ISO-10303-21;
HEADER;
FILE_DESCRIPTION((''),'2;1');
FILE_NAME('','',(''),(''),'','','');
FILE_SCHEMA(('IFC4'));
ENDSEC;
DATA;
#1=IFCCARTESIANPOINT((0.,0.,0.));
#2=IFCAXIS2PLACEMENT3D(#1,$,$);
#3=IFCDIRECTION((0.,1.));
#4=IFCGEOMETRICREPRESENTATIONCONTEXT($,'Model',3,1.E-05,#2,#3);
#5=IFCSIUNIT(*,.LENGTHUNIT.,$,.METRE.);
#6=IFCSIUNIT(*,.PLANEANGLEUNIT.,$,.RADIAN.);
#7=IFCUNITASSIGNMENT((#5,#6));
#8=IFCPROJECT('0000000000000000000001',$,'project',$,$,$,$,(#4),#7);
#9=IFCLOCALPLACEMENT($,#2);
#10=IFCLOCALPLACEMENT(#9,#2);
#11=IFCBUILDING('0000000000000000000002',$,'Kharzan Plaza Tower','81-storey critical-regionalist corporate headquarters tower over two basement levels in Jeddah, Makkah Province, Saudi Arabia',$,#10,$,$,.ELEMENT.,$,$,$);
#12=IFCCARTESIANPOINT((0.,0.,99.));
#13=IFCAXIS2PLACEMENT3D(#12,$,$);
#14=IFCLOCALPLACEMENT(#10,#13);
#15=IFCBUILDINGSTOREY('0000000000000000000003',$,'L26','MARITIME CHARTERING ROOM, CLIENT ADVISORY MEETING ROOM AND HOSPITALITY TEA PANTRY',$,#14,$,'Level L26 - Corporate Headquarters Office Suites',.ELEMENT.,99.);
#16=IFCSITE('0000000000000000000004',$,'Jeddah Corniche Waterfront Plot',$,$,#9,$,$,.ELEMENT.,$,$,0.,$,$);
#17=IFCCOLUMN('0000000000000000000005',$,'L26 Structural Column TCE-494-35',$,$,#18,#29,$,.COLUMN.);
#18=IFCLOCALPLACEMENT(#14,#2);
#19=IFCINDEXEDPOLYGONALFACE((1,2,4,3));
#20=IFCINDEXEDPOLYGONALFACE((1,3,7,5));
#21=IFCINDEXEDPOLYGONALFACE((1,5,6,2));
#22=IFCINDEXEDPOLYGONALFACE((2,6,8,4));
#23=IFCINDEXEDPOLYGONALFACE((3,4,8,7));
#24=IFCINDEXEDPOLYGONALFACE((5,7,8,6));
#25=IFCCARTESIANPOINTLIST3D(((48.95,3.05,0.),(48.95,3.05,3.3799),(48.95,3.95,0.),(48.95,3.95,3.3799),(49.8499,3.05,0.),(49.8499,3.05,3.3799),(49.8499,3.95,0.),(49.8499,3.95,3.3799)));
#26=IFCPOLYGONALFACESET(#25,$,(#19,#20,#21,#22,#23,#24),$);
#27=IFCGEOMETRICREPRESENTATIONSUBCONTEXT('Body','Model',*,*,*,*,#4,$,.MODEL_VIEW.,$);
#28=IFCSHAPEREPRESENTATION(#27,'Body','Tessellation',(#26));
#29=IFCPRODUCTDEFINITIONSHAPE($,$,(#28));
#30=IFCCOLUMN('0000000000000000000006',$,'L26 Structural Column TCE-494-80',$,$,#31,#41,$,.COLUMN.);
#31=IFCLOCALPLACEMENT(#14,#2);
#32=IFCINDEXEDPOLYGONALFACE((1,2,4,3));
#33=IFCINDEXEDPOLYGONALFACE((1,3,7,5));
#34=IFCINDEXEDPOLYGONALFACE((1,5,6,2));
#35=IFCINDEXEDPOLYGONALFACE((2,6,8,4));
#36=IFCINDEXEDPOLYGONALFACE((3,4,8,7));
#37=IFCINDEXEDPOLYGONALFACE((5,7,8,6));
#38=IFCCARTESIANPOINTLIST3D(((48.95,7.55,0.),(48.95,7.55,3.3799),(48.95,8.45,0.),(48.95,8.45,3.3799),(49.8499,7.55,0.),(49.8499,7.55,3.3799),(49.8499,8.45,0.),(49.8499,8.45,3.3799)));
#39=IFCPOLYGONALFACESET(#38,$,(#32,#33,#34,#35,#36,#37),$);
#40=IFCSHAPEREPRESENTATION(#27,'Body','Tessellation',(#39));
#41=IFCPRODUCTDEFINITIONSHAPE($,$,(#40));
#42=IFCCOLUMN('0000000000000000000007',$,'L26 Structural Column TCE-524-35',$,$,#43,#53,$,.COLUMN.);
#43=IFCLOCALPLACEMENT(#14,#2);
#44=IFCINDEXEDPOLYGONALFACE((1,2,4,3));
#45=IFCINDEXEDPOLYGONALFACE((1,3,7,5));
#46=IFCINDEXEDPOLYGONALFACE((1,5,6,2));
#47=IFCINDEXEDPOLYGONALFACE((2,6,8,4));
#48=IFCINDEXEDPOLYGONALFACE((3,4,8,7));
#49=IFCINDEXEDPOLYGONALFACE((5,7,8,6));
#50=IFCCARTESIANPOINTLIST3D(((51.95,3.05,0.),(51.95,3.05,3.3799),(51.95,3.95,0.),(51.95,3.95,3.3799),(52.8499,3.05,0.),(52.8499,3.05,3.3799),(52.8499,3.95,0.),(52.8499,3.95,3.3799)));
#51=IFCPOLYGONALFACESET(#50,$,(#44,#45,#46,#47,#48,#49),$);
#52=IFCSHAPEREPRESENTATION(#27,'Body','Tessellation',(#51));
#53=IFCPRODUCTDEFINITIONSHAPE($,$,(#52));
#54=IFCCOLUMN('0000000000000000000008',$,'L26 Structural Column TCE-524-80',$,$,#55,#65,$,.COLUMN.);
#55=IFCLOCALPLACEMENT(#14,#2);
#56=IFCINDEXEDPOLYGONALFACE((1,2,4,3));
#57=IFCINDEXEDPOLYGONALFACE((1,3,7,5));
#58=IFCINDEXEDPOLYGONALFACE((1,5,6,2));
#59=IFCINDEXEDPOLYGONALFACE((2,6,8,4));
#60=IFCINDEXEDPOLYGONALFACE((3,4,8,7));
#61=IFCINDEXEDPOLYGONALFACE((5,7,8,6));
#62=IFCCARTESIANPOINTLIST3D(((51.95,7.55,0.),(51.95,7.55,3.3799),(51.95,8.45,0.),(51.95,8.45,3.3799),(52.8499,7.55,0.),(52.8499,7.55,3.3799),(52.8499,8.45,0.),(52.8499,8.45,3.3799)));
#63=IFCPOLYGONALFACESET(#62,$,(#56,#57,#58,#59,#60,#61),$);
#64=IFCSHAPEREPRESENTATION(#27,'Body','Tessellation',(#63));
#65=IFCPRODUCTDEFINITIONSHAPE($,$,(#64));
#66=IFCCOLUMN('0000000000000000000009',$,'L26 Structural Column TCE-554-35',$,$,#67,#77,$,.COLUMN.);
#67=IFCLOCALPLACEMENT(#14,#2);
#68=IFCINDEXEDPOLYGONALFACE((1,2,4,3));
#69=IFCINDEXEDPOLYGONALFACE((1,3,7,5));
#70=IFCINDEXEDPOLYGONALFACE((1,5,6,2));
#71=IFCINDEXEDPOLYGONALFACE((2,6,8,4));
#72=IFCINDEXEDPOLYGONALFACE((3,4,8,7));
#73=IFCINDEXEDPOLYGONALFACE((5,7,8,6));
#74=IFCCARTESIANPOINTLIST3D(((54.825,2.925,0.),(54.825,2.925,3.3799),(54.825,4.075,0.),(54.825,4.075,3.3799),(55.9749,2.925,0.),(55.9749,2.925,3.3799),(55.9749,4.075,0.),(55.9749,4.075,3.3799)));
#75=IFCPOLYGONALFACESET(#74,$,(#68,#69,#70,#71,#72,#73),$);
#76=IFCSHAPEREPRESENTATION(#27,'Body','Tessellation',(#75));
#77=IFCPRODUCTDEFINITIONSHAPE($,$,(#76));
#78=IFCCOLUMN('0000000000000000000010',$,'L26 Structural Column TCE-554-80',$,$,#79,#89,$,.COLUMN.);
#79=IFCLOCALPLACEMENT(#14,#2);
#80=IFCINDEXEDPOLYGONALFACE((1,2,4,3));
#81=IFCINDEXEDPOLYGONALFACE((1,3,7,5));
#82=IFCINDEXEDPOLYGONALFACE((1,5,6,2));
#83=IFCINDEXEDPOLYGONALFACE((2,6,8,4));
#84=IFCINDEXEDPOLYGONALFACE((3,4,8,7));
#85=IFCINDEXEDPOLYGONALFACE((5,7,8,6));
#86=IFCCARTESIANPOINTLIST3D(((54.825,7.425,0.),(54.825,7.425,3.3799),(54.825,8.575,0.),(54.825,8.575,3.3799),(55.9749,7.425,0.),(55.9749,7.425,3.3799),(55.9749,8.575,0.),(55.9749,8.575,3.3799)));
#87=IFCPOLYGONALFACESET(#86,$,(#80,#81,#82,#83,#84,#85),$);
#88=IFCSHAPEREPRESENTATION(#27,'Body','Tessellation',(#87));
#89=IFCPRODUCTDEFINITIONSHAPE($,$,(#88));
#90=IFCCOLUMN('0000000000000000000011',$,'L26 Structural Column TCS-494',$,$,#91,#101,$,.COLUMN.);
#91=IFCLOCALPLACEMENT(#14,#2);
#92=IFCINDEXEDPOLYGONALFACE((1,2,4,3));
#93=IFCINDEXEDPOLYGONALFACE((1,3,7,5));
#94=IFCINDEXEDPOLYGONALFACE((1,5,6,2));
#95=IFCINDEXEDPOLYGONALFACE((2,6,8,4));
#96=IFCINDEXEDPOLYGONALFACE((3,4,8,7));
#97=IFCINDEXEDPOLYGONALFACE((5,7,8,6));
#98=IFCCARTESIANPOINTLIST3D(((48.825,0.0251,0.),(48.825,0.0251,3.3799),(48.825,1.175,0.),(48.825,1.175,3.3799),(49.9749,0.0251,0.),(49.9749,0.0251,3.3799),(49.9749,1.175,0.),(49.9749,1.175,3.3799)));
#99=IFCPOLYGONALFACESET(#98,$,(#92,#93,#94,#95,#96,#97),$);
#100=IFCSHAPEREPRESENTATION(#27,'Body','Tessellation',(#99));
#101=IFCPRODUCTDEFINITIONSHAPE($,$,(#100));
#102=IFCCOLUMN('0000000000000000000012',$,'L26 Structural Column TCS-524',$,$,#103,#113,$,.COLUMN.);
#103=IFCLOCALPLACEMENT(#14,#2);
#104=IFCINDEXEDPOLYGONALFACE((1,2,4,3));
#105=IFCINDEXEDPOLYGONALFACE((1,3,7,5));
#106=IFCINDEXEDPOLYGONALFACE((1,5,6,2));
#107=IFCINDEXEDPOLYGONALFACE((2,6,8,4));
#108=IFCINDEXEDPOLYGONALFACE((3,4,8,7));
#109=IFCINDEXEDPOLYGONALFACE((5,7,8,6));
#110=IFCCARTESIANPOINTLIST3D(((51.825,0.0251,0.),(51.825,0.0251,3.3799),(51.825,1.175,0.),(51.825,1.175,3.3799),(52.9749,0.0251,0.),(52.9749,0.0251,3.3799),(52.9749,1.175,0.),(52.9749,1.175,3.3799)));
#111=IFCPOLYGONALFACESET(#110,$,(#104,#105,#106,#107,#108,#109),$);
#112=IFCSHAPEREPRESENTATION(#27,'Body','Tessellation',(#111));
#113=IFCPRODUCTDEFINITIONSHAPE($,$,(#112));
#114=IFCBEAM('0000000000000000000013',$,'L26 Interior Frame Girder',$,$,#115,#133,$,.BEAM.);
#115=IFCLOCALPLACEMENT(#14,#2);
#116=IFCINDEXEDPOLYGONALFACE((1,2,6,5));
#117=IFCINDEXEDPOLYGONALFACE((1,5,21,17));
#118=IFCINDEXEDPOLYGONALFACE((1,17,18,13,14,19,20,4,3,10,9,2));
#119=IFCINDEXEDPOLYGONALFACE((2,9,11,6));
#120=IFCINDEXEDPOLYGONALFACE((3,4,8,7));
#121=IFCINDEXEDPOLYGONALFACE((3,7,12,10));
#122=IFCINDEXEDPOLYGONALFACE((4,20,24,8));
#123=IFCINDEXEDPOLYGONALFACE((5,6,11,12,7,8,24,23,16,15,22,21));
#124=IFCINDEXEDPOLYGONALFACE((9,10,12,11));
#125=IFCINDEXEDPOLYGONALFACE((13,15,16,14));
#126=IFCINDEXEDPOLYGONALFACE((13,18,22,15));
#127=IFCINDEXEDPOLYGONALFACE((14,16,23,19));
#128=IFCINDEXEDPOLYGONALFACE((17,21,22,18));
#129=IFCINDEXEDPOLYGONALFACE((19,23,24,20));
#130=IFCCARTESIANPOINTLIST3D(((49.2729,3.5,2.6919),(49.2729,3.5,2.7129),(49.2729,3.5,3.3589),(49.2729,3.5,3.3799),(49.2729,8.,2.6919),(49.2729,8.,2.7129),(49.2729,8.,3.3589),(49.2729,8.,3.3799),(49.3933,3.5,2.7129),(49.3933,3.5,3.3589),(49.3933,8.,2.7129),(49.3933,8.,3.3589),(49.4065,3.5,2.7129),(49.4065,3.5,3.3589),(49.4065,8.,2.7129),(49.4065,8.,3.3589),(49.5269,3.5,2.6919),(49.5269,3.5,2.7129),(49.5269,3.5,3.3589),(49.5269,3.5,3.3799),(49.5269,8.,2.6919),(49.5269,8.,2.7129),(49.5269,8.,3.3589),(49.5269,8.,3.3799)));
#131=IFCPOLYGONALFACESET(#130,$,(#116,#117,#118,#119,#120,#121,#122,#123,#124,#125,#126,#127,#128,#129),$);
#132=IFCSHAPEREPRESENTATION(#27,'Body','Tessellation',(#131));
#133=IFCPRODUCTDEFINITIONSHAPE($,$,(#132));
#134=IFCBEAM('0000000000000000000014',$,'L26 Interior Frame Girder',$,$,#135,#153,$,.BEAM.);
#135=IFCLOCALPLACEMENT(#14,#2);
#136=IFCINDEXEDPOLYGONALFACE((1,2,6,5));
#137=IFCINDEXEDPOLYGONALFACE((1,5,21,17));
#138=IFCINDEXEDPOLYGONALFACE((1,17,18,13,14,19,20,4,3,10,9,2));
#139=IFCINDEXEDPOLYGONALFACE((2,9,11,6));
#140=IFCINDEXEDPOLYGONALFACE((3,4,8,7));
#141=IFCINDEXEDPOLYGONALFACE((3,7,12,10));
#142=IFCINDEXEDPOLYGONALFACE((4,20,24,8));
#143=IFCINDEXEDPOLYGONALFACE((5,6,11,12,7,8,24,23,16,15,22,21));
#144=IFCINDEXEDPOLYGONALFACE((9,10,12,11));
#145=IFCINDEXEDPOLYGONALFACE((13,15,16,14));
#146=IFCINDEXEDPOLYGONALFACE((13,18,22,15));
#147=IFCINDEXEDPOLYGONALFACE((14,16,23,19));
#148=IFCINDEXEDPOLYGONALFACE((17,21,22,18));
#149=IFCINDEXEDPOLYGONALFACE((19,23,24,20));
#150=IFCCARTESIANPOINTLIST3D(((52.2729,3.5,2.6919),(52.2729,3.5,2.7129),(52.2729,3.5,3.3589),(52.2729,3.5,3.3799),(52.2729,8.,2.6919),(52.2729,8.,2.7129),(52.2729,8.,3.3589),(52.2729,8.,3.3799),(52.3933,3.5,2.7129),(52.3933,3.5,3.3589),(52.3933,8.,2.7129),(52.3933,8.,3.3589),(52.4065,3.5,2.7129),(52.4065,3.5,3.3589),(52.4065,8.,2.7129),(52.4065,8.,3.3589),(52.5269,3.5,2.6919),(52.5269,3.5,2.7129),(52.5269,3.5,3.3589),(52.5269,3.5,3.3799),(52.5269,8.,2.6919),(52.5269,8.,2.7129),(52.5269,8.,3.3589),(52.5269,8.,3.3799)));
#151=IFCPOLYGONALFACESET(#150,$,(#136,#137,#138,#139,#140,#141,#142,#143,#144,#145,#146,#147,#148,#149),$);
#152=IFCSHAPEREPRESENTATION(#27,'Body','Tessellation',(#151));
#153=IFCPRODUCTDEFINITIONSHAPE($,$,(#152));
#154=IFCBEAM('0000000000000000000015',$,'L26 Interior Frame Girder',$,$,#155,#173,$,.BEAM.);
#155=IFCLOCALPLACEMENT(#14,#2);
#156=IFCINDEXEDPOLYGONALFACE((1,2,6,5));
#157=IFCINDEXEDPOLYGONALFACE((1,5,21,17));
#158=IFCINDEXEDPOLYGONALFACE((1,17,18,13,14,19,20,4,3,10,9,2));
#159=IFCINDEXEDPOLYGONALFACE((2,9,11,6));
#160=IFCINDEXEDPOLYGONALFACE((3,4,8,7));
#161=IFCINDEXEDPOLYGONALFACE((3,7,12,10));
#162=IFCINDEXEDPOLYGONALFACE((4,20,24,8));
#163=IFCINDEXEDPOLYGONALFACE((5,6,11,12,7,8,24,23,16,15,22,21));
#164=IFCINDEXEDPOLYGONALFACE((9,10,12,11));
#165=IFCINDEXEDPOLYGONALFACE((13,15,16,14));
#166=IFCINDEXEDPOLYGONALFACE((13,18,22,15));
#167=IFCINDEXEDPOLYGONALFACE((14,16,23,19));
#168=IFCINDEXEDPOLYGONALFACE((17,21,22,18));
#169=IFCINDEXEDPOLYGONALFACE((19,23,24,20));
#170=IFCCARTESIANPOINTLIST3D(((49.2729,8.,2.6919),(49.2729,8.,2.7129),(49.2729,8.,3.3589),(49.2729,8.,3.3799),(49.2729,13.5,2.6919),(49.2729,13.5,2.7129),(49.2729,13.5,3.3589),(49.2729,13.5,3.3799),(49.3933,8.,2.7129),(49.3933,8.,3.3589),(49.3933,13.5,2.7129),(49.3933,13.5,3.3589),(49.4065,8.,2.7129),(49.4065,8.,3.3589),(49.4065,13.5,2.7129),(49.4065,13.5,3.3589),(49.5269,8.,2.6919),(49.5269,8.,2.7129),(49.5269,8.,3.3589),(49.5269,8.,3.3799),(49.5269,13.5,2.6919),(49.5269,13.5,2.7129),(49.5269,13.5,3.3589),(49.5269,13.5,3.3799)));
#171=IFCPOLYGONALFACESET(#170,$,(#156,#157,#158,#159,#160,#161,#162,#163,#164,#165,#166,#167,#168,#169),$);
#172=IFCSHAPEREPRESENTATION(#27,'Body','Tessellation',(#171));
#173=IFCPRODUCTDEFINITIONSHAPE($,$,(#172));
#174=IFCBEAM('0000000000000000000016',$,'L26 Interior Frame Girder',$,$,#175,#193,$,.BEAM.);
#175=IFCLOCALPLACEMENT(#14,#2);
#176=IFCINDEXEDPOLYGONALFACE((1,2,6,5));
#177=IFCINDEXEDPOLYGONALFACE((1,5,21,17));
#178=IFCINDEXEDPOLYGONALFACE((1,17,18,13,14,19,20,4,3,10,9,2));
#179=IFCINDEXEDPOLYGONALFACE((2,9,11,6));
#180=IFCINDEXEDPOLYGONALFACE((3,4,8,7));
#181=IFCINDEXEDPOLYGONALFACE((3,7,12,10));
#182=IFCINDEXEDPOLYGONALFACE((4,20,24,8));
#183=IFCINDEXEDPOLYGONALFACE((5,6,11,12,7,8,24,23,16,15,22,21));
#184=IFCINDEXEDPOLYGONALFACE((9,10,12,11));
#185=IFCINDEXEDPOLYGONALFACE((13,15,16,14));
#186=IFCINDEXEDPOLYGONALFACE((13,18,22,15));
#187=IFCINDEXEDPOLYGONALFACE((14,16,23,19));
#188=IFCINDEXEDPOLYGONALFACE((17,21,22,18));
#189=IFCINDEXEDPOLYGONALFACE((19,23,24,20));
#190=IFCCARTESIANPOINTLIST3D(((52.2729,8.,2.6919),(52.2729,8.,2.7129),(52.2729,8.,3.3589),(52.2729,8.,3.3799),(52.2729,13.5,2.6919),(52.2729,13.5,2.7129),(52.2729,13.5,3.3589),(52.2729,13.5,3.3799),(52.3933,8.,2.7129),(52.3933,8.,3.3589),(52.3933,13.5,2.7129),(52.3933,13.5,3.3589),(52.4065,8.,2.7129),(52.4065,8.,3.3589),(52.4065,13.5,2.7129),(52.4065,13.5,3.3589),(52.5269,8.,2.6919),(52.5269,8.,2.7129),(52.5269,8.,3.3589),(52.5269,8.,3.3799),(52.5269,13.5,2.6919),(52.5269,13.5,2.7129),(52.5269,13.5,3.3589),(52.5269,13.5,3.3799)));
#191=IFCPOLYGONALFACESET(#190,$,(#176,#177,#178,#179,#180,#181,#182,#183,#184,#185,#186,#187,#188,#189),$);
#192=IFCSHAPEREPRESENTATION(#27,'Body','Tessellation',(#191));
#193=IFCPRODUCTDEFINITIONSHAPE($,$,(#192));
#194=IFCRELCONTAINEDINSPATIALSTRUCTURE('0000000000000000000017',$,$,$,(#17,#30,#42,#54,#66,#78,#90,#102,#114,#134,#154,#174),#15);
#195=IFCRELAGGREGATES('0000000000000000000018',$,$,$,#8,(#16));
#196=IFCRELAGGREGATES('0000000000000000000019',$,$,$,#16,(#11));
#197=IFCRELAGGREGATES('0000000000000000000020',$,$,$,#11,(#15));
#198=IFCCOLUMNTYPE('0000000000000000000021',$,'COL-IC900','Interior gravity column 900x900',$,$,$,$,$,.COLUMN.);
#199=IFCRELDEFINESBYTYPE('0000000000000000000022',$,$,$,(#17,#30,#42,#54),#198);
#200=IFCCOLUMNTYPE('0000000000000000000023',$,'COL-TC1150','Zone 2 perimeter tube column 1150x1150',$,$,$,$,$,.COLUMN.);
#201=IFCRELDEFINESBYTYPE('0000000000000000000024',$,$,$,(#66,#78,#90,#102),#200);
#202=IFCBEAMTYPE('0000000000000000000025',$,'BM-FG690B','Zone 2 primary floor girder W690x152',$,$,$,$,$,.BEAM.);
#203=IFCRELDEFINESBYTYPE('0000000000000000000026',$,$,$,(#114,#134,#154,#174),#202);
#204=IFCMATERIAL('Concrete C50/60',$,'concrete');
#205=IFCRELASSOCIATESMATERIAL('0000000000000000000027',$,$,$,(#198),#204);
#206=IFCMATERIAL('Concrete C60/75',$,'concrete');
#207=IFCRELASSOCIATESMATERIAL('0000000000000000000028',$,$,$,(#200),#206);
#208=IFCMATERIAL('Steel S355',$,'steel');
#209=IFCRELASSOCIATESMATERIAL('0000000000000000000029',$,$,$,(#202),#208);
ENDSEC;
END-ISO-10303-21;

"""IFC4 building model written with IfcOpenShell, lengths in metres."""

from ifc_helpers import new_model, si_unit, direction, frame, origin, origin_2d, place, context, subcontext, project, spatial, rectangle, i_section, extrude, source, transform, mapped, material, material_profile, profile_set, type_object, element, save


model = new_model("IFC4")

# Units and contexts
model_context = context("Model", 3, precision=1e-05, world=origin(), true_north=direction((0.0, 1.0)))
body_context = subcontext(model_context, "Body", "Model", "MODEL_VIEW")
ifc_project = project(units=[si_unit("LENGTHUNIT", "METRE"), si_unit("PLANEANGLEUNIT", "RADIAN")], contexts=[model_context])

# Site, building, storey
site_placement = place(None, origin())
site = spatial("IfcSite", under=ifc_project, at=site_placement, Name="Jeddah Corniche Waterfront Plot", CompositionType="ELEMENT", RefElevation=0.0)
building_placement = place(site_placement, origin())
building = spatial("IfcBuilding", under=site, at=building_placement, Name="Kharzan Plaza Tower", Description="81-storey critical-regionalist corporate headquarters tower over two basement levels in Jeddah, Makkah Province, Saudi Arabia", CompositionType="ELEMENT")
storey_placement = place(building_placement, frame((0.0, 0.0, 99.0)))
storey = spatial("IfcBuildingStorey", under=building, at=storey_placement, Name="L26", Description="MARITIME CHARTERING ROOM, CLIENT ADVISORY MEETING ROOM AND HOSPITALITY TEA PANTRY", LongName="Level L26 - Corporate Headquarters Office Suites", CompositionType="ELEMENT", Elevation=99.0)

# Columns
ifc_material_1 = material(Name="Concrete C50/60", Category="concrete")
ifc_material_profile_1 = material_profile(ifc_material_1, rectangle(XDim=0.8999, YDim=0.8999, at=origin_2d()), Name="RC-IC900x900")
ifc_profile_set_1 = profile_set([ifc_material_profile_1], Name="Concrete C50/60")
column_type_1 = type_object("IfcColumnType", Name="COL-IC900", Description="Interior gravity column 900x900", PredefinedType="COLUMN", material=ifc_profile_set_1)
shared_shape_1 = source(origin(), body_context, "Body", "SweptSolid", [
    extrude(rectangle(XDim=0.8999, YDim=0.8999, at=origin_2d()), origin(), (0.0, 0.0, 1.0), 3.3799),
])
for number, where, z_axis, x_axis, name in (
    (1, (49.3999, 3.5, 0.0), (0.0, 0.0, 1.0), (1.0, 0.0, 0.0), "L26 Structural Column TCE-494-35"),
    (2, (49.3999, 8.0, 0.0), (0.0, 0.0, 1.0), (1.0, 0.0, 0.0), "L26 Structural Column TCE-494-80"),
    (3, (52.3999, 3.5, 0.0), (0.0, 0.0, 1.0), (1.0, 0.0, 0.0), "L26 Structural Column TCE-524-35"),
    (4, (52.3999, 8.0, 0.0), (0.0, 0.0, 1.0), (1.0, 0.0, 0.0), "L26 Structural Column TCE-524-80"),
):
    element("IfcColumn", number, at=place(storey_placement, frame(where, z_axis=z_axis, x_axis=x_axis)), inside=storey, type_object=column_type_1, Name=name, PredefinedType="COLUMN", context=body_context, shape_type="MappedRepresentation", body=[
        mapped(shared_shape_1, transform((0.0, 0.0, 0.0), x_axis=(1.0, 0.0, 0.0), y_axis=(0.0, 1.0, 0.0), z_axis=(0.0, 0.0, 1.0))),
    ])
ifc_material_2 = material(Name="Concrete C60/75", Category="concrete")
ifc_material_profile_2 = material_profile(ifc_material_2, rectangle(XDim=1.1499, YDim=1.1499, at=origin_2d()), Name="RC-TC1150x1150")
ifc_profile_set_2 = profile_set([ifc_material_profile_2], Name="Concrete C60/75")
column_type_2 = type_object("IfcColumnType", Name="COL-TC1150", Description="Zone 2 perimeter tube column 1150x1150", PredefinedType="COLUMN", material=ifc_profile_set_2)
shared_shape_2 = source(origin(), body_context, "Body", "SweptSolid", [
    extrude(rectangle(XDim=1.1499, YDim=1.1499, at=origin_2d()), origin(), (0.0, 0.0, 1.0), 3.3799),
])
for number, where, z_axis, x_axis, name in (
    (5, (55.3999, 3.5, 0.0), (0.0, 0.0, 1.0), (1.0, 0.0, 0.0), "L26 Structural Column TCE-554-35"),
    (6, (55.3999, 8.0, 0.0), (0.0, 0.0, 1.0), (1.0, 0.0, 0.0), "L26 Structural Column TCE-554-80"),
    (7, (49.3999, 0.6001, 0.0), (0.0, 0.0, 1.0), (1.0, 0.0, 0.0), "L26 Structural Column TCS-494"),
    (8, (52.3999, 0.6001, 0.0), (0.0, 0.0, 1.0), (1.0, 0.0, 0.0), "L26 Structural Column TCS-524"),
):
    element("IfcColumn", number, at=place(storey_placement, frame(where, z_axis=z_axis, x_axis=x_axis)), inside=storey, type_object=column_type_2, Name=name, PredefinedType="COLUMN", context=body_context, shape_type="MappedRepresentation", body=[
        mapped(shared_shape_2, transform((0.0, 0.0, 0.0), x_axis=(1.0, 0.0, 0.0), y_axis=(0.0, 1.0, 0.0), z_axis=(0.0, 0.0, 1.0))),
    ])

# Beams
ifc_material_3 = material(Name="Steel S355", Category="steel")
ifc_material_profile_3 = material_profile(ifc_material_3, i_section(OverallWidth=0.2539, OverallDepth=0.688, WebThickness=0.0132, FlangeThickness=0.021, at=origin_2d()), Name="W690x152")
ifc_profile_set_3 = profile_set([ifc_material_profile_3], Name="Steel S355")
beam_type_1 = type_object("IfcBeamType", Name="BM-FG690B", Description="Zone 2 primary floor girder W690x152", PredefinedType="BEAM", material=ifc_profile_set_3)
shared_shape_3 = source(origin(), body_context, "Body", "SweptSolid", [
    extrude(i_section(OverallWidth=0.2539, OverallDepth=0.688, WebThickness=0.0132, FlangeThickness=0.021, at=origin_2d()), origin(), (0.0, 0.0, 1.0), 4.5),
])
for number, where, z_axis, x_axis, name in (
    (9, (49.3999, 3.5, 3.0359), (0.0, 1.0, 0.0), (-1.0, 0.0, 0.0), "L26 Interior Frame Girder"),
    (10, (52.3999, 3.5, 3.0359), (0.0, 1.0, 0.0), (-1.0, 0.0, 0.0), "L26 Interior Frame Girder"),
):
    element("IfcBeam", number, at=place(storey_placement, frame(where, z_axis=z_axis, x_axis=x_axis)), inside=storey, type_object=beam_type_1, Name=name, PredefinedType="BEAM", context=body_context, shape_type="MappedRepresentation", body=[
        mapped(shared_shape_3, transform((0.0, 0.0, 0.0), x_axis=(1.0, 0.0, 0.0), y_axis=(0.0, 1.0, 0.0), z_axis=(0.0, 0.0, 1.0))),
    ])
shared_shape_4 = source(origin(), body_context, "Body", "SweptSolid", [
    extrude(i_section(OverallWidth=0.2539, OverallDepth=0.688, WebThickness=0.0132, FlangeThickness=0.021, at=origin_2d()), origin(), (0.0, 0.0, 1.0), 5.5),
])
for number, where, z_axis, x_axis, name in (
    (11, (49.3999, 8.0, 3.0359), (0.0, 1.0, 0.0), (-1.0, 0.0, 0.0), "L26 Interior Frame Girder"),
    (12, (52.3999, 8.0, 3.0359), (0.0, 1.0, 0.0), (-1.0, 0.0, 0.0), "L26 Interior Frame Girder"),
):
    element("IfcBeam", number, at=place(storey_placement, frame(where, z_axis=z_axis, x_axis=x_axis)), inside=storey, type_object=beam_type_1, Name=name, PredefinedType="BEAM", context=body_context, shape_type="MappedRepresentation", body=[
        mapped(shared_shape_4, transform((0.0, 0.0, 0.0), x_axis=(1.0, 0.0, 0.0), y_axis=(0.0, 1.0, 0.0), z_axis=(0.0, 0.0, 1.0))),
    ])

save(model, "model.ifc")
